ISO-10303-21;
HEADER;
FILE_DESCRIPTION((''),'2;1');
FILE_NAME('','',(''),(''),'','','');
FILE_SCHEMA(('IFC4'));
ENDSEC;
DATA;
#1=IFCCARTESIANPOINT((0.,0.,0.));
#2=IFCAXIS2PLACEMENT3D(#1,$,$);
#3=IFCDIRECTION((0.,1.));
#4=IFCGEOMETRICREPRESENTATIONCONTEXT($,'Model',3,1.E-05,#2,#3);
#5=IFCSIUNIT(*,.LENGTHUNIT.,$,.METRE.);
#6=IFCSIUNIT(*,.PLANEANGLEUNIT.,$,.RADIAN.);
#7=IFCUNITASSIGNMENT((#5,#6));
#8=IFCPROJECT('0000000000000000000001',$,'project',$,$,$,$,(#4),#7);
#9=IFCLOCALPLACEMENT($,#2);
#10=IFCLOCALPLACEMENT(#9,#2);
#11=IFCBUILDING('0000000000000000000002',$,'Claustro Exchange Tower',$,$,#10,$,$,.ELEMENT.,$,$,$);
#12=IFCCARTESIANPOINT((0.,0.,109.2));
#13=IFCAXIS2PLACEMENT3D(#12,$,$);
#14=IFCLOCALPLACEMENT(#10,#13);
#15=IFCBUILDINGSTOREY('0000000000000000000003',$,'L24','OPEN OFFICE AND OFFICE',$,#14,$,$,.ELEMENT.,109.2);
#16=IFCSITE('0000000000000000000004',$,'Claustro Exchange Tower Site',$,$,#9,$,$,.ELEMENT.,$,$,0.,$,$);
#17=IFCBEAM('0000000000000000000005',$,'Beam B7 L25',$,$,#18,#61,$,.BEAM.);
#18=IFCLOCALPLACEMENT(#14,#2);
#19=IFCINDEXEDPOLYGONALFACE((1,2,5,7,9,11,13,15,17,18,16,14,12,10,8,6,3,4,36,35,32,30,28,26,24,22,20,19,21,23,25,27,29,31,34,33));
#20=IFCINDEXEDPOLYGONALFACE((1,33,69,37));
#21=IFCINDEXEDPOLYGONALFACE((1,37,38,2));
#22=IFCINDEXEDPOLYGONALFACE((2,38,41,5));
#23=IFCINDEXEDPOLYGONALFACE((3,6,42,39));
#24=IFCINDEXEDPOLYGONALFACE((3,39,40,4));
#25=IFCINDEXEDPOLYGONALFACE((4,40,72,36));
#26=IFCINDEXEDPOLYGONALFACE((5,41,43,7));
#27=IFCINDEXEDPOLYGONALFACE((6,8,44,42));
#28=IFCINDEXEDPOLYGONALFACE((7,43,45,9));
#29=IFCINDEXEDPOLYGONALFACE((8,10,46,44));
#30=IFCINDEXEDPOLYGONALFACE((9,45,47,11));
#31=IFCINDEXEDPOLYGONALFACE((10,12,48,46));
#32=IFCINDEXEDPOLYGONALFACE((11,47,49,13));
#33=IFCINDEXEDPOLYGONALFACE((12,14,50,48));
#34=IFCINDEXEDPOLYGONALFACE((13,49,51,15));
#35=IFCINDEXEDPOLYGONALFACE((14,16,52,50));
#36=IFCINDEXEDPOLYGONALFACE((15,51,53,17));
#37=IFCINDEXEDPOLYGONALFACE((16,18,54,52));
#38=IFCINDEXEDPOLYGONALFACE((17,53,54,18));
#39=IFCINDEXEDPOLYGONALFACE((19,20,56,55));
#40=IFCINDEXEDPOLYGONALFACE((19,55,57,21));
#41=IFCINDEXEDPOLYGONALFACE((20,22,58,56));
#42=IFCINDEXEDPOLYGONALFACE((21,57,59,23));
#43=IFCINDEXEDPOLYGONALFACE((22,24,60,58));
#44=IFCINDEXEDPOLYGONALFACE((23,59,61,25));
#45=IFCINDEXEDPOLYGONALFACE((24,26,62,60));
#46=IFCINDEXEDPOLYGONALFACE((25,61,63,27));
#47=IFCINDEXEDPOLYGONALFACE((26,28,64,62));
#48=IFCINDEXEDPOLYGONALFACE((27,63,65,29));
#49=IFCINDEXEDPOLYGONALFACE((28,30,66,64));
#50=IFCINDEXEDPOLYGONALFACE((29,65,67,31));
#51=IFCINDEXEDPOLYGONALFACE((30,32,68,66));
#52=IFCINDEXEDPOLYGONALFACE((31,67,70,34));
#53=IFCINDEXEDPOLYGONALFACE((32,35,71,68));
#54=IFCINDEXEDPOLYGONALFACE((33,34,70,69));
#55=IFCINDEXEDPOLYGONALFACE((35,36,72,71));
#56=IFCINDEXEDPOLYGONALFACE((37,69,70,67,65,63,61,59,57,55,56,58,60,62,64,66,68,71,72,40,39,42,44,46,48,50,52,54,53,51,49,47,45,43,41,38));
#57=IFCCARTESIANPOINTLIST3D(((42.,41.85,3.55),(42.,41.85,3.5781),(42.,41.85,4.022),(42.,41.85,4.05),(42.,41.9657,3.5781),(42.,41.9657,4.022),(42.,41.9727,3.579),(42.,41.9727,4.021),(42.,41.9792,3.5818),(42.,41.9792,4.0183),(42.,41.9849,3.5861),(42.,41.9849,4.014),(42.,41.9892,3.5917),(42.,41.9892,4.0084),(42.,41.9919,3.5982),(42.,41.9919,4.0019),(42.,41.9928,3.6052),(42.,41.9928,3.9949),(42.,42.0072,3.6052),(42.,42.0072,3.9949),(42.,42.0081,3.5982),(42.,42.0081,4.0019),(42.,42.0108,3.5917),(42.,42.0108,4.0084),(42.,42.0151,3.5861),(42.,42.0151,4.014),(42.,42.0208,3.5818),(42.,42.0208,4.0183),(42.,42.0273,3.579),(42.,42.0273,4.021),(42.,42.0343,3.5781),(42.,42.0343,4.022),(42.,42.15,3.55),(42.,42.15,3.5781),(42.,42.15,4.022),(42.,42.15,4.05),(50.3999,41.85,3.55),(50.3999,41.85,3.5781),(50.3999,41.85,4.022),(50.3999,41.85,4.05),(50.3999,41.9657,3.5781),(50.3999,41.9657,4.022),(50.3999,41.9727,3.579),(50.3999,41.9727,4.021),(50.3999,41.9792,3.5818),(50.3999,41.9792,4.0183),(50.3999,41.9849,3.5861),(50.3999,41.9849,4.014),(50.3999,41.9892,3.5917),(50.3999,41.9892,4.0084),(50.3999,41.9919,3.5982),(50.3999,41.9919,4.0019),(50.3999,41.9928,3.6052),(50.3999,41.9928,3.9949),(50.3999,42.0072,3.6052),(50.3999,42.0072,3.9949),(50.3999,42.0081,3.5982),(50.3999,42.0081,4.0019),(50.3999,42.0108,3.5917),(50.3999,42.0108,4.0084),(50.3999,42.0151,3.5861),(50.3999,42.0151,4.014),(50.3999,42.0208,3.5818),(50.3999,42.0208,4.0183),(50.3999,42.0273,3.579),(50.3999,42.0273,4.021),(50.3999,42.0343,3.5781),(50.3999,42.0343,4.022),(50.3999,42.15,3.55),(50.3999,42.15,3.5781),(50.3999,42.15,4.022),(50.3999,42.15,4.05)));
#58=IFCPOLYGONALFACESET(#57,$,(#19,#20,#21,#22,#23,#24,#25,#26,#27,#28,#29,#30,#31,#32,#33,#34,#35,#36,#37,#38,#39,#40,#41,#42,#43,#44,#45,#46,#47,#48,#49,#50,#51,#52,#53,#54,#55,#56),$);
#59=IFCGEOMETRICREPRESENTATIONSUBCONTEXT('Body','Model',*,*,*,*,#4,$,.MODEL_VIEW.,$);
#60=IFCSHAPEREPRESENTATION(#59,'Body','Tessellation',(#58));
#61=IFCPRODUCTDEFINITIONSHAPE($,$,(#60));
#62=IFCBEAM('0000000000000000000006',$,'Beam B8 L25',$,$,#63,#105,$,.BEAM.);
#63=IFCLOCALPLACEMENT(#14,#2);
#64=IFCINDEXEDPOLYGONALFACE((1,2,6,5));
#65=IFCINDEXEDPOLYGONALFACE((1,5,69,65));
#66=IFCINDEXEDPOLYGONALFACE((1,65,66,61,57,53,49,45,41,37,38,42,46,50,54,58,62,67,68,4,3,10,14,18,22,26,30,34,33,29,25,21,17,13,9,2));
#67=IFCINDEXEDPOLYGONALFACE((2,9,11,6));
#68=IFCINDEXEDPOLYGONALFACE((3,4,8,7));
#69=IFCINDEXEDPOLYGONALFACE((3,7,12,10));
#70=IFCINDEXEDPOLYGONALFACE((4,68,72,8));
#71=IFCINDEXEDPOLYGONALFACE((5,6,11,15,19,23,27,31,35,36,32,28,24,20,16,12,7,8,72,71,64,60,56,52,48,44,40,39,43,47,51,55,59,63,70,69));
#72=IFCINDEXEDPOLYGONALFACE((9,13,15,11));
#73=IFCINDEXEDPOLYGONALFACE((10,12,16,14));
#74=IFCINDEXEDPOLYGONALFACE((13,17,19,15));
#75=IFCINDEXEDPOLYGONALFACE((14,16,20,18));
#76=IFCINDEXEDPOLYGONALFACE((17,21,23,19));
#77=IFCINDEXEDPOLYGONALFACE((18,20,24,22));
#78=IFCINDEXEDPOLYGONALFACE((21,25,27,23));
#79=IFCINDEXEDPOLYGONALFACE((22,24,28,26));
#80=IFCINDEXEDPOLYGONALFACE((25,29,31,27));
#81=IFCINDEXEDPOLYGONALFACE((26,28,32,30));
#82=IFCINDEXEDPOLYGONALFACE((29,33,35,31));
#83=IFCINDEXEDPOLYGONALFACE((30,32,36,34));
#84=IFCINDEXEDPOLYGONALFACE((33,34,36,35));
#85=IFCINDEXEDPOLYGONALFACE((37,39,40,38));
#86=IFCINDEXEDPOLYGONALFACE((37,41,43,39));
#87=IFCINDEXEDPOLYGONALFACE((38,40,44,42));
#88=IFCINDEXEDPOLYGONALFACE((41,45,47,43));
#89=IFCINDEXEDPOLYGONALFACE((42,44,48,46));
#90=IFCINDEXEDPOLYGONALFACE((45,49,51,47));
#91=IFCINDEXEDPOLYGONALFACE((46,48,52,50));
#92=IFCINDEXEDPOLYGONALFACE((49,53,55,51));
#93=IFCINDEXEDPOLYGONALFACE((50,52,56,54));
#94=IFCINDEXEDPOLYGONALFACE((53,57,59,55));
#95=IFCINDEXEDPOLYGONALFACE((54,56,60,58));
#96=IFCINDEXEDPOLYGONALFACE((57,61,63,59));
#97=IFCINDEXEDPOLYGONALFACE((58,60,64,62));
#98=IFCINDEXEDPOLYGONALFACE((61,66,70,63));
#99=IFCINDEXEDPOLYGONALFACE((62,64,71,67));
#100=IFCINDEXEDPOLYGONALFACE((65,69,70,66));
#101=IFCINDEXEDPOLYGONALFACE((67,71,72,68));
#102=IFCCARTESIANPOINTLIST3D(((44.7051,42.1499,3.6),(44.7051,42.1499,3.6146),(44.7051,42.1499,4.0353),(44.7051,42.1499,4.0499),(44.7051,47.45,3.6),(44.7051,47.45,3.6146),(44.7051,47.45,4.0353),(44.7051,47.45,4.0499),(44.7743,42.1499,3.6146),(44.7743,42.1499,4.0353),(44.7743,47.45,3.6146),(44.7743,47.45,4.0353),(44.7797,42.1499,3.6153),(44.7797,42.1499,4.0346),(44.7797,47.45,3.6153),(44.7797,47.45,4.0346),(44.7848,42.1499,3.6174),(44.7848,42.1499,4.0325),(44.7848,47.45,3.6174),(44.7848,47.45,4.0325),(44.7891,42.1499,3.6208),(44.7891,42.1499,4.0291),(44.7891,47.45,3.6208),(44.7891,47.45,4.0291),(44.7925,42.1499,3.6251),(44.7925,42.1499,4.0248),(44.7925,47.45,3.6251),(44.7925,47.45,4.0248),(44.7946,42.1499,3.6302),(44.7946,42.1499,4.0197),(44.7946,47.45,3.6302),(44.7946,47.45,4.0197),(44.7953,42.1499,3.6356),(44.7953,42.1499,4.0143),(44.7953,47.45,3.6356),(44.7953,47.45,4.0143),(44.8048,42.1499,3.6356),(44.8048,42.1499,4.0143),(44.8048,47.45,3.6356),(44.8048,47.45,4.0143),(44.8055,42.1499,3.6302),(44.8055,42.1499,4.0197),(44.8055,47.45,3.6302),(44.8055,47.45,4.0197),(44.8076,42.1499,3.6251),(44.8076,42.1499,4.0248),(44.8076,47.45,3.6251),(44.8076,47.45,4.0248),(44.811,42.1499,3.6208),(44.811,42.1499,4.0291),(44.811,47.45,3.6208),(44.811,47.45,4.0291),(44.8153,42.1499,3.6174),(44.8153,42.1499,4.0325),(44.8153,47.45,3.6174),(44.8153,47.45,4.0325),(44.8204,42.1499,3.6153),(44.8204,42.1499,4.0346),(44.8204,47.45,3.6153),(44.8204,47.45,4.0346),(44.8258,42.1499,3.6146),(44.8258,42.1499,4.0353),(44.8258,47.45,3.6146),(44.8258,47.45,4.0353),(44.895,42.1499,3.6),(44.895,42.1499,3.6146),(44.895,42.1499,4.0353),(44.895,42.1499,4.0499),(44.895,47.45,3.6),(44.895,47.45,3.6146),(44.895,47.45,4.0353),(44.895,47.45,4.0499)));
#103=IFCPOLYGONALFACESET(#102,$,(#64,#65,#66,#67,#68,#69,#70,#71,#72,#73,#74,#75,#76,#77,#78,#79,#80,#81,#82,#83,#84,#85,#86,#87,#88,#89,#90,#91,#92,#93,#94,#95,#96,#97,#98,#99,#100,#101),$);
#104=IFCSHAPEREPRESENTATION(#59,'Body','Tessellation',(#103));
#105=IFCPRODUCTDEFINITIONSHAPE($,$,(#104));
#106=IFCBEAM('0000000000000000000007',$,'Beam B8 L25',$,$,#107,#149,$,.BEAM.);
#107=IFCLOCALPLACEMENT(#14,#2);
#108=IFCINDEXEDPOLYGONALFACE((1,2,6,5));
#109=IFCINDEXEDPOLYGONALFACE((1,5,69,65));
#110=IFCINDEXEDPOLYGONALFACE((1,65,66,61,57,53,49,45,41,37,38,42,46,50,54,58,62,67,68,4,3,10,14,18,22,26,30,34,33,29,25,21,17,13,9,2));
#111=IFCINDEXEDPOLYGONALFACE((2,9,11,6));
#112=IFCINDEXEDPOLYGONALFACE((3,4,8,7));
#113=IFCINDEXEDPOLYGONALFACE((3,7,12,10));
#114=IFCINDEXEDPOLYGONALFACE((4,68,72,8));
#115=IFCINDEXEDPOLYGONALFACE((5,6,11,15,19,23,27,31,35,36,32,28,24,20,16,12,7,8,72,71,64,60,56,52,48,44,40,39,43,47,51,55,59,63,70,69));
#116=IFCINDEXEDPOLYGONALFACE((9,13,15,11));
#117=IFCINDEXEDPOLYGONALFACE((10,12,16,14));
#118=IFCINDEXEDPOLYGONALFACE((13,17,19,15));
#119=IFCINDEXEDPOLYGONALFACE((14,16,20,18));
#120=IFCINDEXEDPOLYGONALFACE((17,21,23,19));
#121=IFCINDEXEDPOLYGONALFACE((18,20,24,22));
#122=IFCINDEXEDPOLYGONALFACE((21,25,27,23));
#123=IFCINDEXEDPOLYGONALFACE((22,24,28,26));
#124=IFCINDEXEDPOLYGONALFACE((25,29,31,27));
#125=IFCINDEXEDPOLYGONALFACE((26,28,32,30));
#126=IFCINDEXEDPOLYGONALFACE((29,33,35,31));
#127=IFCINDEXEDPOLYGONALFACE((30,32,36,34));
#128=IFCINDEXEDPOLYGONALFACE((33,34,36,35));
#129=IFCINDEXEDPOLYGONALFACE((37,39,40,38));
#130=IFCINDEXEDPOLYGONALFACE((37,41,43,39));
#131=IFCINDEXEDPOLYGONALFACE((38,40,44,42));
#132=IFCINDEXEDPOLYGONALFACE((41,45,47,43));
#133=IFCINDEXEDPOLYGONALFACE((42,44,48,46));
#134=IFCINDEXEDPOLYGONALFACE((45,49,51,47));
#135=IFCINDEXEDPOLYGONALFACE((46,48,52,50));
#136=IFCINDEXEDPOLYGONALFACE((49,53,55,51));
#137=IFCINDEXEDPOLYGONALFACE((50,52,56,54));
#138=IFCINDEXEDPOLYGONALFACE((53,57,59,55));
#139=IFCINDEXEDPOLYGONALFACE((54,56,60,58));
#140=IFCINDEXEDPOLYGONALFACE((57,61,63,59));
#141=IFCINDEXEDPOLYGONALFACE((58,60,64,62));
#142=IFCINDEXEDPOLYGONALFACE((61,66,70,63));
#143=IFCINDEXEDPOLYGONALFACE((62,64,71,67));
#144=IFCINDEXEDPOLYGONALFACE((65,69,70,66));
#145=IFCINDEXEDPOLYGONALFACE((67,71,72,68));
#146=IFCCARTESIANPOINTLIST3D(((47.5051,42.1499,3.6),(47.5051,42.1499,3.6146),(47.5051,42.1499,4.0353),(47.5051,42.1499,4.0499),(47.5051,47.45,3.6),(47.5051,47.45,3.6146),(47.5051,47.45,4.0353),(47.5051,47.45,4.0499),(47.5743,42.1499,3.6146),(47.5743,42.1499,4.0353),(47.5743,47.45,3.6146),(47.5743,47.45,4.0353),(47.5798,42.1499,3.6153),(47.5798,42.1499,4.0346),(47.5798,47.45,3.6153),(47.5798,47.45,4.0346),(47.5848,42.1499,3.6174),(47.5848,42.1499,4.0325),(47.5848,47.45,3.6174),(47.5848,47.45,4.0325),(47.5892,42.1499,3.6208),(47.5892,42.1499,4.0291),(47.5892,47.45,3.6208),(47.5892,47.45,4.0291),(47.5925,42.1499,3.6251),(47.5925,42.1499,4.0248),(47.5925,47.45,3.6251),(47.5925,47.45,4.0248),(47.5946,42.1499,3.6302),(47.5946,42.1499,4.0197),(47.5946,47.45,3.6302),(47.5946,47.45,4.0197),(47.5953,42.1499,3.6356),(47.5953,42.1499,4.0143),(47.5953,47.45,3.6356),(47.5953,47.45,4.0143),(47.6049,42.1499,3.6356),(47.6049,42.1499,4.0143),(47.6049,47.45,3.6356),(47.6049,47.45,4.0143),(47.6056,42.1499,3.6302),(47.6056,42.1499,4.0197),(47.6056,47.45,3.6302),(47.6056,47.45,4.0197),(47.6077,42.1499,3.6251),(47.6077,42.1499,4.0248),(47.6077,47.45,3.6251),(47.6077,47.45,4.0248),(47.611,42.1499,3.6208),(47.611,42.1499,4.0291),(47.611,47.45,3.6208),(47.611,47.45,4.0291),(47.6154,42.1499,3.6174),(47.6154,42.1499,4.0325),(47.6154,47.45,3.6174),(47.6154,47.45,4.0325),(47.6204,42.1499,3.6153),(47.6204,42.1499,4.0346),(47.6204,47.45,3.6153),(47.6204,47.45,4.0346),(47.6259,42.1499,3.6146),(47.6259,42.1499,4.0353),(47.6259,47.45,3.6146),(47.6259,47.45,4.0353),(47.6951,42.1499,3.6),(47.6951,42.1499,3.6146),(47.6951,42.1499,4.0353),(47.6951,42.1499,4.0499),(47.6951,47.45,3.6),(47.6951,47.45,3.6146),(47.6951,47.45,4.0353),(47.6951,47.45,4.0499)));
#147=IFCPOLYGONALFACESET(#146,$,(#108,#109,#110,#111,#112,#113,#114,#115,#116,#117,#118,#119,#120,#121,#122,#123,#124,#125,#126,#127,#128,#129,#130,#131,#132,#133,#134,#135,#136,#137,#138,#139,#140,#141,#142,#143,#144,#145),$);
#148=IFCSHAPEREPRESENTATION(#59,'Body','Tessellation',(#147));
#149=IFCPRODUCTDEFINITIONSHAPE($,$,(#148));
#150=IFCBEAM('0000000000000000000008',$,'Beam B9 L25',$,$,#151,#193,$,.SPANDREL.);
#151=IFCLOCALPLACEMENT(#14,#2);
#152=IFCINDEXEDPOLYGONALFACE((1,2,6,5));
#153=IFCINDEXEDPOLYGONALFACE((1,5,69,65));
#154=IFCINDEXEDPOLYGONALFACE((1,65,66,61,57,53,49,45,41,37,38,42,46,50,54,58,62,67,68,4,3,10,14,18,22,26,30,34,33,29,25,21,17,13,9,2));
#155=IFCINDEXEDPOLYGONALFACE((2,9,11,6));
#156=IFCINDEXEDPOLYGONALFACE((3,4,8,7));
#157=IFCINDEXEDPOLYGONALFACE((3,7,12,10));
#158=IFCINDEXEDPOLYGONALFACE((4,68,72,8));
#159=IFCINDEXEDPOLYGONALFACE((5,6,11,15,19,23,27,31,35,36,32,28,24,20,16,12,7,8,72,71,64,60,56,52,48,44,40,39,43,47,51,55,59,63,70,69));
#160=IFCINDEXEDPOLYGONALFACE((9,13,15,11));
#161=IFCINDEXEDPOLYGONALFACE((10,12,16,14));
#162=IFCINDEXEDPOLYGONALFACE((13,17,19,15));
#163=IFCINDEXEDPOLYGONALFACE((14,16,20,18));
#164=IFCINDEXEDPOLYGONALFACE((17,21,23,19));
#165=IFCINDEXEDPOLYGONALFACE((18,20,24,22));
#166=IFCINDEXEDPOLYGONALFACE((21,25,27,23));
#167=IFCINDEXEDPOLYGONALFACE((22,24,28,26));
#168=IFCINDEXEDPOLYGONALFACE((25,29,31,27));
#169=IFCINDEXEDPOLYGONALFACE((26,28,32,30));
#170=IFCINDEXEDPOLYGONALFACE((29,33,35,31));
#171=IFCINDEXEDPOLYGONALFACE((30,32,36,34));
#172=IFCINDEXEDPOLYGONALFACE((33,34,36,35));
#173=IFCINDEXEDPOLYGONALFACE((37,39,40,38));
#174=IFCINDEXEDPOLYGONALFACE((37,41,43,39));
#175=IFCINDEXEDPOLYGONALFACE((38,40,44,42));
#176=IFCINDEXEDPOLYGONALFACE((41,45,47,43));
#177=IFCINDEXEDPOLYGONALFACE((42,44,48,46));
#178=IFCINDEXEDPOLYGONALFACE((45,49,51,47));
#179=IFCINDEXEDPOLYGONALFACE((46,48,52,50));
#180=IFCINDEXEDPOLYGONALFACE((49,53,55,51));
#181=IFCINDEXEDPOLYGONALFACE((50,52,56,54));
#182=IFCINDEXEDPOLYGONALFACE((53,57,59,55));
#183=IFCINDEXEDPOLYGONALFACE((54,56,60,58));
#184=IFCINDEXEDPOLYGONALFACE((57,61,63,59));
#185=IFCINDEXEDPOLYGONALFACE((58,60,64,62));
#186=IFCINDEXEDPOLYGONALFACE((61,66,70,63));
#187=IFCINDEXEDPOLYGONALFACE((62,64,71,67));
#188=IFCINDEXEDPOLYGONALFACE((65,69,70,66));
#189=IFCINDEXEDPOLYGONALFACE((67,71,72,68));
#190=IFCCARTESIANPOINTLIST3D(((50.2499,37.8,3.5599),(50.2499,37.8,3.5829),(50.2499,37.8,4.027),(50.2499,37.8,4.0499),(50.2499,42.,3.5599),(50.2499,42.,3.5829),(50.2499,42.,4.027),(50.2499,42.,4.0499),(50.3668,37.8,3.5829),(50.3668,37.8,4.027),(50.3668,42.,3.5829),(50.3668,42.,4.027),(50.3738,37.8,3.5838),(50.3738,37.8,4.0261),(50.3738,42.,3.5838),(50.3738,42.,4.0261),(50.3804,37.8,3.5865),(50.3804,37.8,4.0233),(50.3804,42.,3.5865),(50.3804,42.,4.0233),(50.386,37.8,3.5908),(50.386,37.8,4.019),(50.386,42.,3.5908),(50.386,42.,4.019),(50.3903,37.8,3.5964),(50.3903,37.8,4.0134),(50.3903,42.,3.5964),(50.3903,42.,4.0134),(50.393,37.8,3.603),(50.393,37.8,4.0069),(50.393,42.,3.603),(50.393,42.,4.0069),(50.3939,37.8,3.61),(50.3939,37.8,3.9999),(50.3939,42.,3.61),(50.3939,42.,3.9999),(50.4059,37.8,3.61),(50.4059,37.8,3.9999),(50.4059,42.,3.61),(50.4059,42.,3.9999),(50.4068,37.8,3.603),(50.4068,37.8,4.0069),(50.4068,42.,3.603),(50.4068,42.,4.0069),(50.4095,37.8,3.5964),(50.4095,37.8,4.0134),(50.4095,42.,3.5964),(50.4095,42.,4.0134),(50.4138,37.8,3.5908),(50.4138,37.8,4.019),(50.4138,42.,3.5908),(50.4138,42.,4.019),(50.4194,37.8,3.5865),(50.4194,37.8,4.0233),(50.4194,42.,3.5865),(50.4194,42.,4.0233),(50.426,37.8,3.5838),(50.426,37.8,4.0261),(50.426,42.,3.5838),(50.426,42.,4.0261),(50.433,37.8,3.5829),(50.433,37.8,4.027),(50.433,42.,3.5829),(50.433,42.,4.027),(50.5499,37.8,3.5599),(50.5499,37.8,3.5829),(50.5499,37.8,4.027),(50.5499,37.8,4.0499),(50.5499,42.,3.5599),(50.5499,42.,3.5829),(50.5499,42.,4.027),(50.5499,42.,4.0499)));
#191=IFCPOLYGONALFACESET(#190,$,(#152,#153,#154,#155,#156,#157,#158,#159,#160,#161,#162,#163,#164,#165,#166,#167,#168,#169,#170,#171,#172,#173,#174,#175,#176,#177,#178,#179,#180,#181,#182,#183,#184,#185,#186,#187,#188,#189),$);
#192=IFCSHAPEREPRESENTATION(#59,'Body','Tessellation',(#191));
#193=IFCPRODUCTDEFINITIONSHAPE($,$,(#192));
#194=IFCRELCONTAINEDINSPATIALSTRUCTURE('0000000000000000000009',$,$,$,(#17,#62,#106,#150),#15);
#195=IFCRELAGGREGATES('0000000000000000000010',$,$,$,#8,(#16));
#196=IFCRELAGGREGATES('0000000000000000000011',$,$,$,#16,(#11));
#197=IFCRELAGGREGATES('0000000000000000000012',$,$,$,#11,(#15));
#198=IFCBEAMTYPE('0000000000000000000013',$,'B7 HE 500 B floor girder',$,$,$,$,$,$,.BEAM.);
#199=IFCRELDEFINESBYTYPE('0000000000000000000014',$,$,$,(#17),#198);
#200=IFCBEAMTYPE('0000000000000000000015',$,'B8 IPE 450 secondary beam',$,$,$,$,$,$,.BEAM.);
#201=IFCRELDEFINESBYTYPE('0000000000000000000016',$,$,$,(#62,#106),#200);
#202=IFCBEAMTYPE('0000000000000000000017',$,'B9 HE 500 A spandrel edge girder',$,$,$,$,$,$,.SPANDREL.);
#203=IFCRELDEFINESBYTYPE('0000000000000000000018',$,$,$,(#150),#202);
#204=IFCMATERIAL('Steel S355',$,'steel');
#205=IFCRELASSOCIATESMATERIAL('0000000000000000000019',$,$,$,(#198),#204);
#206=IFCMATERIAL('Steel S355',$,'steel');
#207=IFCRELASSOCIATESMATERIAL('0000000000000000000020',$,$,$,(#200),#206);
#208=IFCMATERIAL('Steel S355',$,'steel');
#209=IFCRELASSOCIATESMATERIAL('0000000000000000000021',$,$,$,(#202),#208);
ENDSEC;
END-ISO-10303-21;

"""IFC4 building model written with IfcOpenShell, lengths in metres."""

from ifc_helpers import new_model, si_unit, direction, frame, origin, origin_2d, place, context, subcontext, project, spatial, i_section, extrude, material, material_profile, profile_set, type_object, element, save


model = new_model("IFC4")

# Units and contexts
model_context = context("Model", 3, precision=1e-05, world=origin(), true_north=direction((0.0, 1.0)))
body_context = subcontext(model_context, "Body", "Model", "MODEL_VIEW")
ifc_project = project(units=[si_unit("LENGTHUNIT", "METRE"), si_unit("PLANEANGLEUNIT", "RADIAN")], contexts=[model_context])

# Site, building, storey
site_placement = place(None, origin())
site = spatial("IfcSite", under=ifc_project, at=site_placement, Name="Claustro Exchange Tower Site", CompositionType="ELEMENT", RefElevation=0.0)
building_placement = place(site_placement, origin())
building = spatial("IfcBuilding", under=site, at=building_placement, Name="Claustro Exchange Tower", CompositionType="ELEMENT")
storey_placement = place(building_placement, frame((0.0, 0.0, 109.2)))
storey = spatial("IfcBuildingStorey", under=building, at=storey_placement, Name="L24", Description="OPEN OFFICE AND OFFICE", CompositionType="ELEMENT", Elevation=109.2)

# Beams
ifc_material_1 = material(Name="Steel S355", Category="steel")
ifc_material_profile_1 = material_profile(ifc_material_1, i_section(OverallWidth=0.3, OverallDepth=0.5, WebThickness=0.0144, FlangeThickness=0.0281, FilletRadius=0.0271, at=origin_2d()), Name="HE 500 B")
ifc_profile_set_1 = profile_set([ifc_material_profile_1], Name="Steel S355")
beam_type_1 = type_object("IfcBeamType", Name="B7 HE 500 B floor girder", PredefinedType="BEAM", material=ifc_profile_set_1)
beam_1_placement = place(storey_placement, frame((42.0, 42.0, 3.8), z_axis=(1.0, 0.0, 0.0), x_axis=(0.0, 1.0, 0.0)))
element("IfcBeam", 1, at=beam_1_placement, inside=storey, type_object=beam_type_1, Name="Beam B7 L25", PredefinedType="BEAM", context=body_context, shape_type="SweptSolid", body=[
    extrude(i_section(OverallWidth=0.3, OverallDepth=0.5, WebThickness=0.0144, FlangeThickness=0.0281, FilletRadius=0.0271, at=origin_2d()), origin(), (0.0, 0.0, 1.0), 8.3999),
])
ifc_material_2 = material(Name="Steel S355", Category="steel")
ifc_material_profile_2 = material_profile(ifc_material_2, i_section(OverallWidth=0.1899, OverallDepth=0.45, WebThickness=0.0095, FlangeThickness=0.0146, FilletRadius=0.021, at=origin_2d()), Name="IPE 450")
ifc_profile_set_2 = profile_set([ifc_material_profile_2], Name="Steel S355")
beam_type_2 = type_object("IfcBeamType", Name="B8 IPE 450 secondary beam", PredefinedType="BEAM", material=ifc_profile_set_2)
for number, where, z_axis, x_axis, name in (
    (2, (44.8, 42.1499, 3.825), (0.0, 1.0, 0.0), (-1.0, 0.0, 0.0), "Beam B8 L25"),
    (3, (47.6001, 42.1499, 3.825), (0.0, 1.0, 0.0), (-1.0, 0.0, 0.0), "Beam B8 L25"),
):
    element("IfcBeam", number, at=place(storey_placement, frame(where, z_axis=z_axis, x_axis=x_axis)), inside=storey, type_object=beam_type_2, Name=name, PredefinedType="BEAM", context=body_context, shape_type="SweptSolid", body=[
        extrude(i_section(OverallWidth=0.1899, OverallDepth=0.45, WebThickness=0.0095, FlangeThickness=0.0146, FilletRadius=0.021, at=origin_2d()), origin(), (0.0, 0.0, 1.0), 5.3),
    ])
ifc_material_3 = material(Name="Steel S355", Category="steel")
ifc_material_profile_3 = material_profile(ifc_material_3, i_section(OverallWidth=0.3, OverallDepth=0.49, WebThickness=0.012, FlangeThickness=0.0229, FilletRadius=0.0271, at=origin_2d()), Name="HE 500 A")
ifc_profile_set_3 = profile_set([ifc_material_profile_3], Name="Steel S355")
beam_type_3 = type_object("IfcBeamType", Name="B9 HE 500 A spandrel edge girder", PredefinedType="SPANDREL", material=ifc_profile_set_3)
beam_2_placement = place(storey_placement, frame((50.3999, 37.8, 3.8049), z_axis=(0.0, 1.0, 0.0), x_axis=(-1.0, 0.0, 0.0)))
element("IfcBeam", 4, at=beam_2_placement, inside=storey, type_object=beam_type_3, Name="Beam B9 L25", PredefinedType="SPANDREL", context=body_context, shape_type="SweptSolid", body=[
    extrude(i_section(OverallWidth=0.3, OverallDepth=0.49, WebThickness=0.012, FlangeThickness=0.0229, FilletRadius=0.0271, at=origin_2d()), origin(), (0.0, 0.0, 1.0), 4.2),
])

save(model, "model.ifc")
